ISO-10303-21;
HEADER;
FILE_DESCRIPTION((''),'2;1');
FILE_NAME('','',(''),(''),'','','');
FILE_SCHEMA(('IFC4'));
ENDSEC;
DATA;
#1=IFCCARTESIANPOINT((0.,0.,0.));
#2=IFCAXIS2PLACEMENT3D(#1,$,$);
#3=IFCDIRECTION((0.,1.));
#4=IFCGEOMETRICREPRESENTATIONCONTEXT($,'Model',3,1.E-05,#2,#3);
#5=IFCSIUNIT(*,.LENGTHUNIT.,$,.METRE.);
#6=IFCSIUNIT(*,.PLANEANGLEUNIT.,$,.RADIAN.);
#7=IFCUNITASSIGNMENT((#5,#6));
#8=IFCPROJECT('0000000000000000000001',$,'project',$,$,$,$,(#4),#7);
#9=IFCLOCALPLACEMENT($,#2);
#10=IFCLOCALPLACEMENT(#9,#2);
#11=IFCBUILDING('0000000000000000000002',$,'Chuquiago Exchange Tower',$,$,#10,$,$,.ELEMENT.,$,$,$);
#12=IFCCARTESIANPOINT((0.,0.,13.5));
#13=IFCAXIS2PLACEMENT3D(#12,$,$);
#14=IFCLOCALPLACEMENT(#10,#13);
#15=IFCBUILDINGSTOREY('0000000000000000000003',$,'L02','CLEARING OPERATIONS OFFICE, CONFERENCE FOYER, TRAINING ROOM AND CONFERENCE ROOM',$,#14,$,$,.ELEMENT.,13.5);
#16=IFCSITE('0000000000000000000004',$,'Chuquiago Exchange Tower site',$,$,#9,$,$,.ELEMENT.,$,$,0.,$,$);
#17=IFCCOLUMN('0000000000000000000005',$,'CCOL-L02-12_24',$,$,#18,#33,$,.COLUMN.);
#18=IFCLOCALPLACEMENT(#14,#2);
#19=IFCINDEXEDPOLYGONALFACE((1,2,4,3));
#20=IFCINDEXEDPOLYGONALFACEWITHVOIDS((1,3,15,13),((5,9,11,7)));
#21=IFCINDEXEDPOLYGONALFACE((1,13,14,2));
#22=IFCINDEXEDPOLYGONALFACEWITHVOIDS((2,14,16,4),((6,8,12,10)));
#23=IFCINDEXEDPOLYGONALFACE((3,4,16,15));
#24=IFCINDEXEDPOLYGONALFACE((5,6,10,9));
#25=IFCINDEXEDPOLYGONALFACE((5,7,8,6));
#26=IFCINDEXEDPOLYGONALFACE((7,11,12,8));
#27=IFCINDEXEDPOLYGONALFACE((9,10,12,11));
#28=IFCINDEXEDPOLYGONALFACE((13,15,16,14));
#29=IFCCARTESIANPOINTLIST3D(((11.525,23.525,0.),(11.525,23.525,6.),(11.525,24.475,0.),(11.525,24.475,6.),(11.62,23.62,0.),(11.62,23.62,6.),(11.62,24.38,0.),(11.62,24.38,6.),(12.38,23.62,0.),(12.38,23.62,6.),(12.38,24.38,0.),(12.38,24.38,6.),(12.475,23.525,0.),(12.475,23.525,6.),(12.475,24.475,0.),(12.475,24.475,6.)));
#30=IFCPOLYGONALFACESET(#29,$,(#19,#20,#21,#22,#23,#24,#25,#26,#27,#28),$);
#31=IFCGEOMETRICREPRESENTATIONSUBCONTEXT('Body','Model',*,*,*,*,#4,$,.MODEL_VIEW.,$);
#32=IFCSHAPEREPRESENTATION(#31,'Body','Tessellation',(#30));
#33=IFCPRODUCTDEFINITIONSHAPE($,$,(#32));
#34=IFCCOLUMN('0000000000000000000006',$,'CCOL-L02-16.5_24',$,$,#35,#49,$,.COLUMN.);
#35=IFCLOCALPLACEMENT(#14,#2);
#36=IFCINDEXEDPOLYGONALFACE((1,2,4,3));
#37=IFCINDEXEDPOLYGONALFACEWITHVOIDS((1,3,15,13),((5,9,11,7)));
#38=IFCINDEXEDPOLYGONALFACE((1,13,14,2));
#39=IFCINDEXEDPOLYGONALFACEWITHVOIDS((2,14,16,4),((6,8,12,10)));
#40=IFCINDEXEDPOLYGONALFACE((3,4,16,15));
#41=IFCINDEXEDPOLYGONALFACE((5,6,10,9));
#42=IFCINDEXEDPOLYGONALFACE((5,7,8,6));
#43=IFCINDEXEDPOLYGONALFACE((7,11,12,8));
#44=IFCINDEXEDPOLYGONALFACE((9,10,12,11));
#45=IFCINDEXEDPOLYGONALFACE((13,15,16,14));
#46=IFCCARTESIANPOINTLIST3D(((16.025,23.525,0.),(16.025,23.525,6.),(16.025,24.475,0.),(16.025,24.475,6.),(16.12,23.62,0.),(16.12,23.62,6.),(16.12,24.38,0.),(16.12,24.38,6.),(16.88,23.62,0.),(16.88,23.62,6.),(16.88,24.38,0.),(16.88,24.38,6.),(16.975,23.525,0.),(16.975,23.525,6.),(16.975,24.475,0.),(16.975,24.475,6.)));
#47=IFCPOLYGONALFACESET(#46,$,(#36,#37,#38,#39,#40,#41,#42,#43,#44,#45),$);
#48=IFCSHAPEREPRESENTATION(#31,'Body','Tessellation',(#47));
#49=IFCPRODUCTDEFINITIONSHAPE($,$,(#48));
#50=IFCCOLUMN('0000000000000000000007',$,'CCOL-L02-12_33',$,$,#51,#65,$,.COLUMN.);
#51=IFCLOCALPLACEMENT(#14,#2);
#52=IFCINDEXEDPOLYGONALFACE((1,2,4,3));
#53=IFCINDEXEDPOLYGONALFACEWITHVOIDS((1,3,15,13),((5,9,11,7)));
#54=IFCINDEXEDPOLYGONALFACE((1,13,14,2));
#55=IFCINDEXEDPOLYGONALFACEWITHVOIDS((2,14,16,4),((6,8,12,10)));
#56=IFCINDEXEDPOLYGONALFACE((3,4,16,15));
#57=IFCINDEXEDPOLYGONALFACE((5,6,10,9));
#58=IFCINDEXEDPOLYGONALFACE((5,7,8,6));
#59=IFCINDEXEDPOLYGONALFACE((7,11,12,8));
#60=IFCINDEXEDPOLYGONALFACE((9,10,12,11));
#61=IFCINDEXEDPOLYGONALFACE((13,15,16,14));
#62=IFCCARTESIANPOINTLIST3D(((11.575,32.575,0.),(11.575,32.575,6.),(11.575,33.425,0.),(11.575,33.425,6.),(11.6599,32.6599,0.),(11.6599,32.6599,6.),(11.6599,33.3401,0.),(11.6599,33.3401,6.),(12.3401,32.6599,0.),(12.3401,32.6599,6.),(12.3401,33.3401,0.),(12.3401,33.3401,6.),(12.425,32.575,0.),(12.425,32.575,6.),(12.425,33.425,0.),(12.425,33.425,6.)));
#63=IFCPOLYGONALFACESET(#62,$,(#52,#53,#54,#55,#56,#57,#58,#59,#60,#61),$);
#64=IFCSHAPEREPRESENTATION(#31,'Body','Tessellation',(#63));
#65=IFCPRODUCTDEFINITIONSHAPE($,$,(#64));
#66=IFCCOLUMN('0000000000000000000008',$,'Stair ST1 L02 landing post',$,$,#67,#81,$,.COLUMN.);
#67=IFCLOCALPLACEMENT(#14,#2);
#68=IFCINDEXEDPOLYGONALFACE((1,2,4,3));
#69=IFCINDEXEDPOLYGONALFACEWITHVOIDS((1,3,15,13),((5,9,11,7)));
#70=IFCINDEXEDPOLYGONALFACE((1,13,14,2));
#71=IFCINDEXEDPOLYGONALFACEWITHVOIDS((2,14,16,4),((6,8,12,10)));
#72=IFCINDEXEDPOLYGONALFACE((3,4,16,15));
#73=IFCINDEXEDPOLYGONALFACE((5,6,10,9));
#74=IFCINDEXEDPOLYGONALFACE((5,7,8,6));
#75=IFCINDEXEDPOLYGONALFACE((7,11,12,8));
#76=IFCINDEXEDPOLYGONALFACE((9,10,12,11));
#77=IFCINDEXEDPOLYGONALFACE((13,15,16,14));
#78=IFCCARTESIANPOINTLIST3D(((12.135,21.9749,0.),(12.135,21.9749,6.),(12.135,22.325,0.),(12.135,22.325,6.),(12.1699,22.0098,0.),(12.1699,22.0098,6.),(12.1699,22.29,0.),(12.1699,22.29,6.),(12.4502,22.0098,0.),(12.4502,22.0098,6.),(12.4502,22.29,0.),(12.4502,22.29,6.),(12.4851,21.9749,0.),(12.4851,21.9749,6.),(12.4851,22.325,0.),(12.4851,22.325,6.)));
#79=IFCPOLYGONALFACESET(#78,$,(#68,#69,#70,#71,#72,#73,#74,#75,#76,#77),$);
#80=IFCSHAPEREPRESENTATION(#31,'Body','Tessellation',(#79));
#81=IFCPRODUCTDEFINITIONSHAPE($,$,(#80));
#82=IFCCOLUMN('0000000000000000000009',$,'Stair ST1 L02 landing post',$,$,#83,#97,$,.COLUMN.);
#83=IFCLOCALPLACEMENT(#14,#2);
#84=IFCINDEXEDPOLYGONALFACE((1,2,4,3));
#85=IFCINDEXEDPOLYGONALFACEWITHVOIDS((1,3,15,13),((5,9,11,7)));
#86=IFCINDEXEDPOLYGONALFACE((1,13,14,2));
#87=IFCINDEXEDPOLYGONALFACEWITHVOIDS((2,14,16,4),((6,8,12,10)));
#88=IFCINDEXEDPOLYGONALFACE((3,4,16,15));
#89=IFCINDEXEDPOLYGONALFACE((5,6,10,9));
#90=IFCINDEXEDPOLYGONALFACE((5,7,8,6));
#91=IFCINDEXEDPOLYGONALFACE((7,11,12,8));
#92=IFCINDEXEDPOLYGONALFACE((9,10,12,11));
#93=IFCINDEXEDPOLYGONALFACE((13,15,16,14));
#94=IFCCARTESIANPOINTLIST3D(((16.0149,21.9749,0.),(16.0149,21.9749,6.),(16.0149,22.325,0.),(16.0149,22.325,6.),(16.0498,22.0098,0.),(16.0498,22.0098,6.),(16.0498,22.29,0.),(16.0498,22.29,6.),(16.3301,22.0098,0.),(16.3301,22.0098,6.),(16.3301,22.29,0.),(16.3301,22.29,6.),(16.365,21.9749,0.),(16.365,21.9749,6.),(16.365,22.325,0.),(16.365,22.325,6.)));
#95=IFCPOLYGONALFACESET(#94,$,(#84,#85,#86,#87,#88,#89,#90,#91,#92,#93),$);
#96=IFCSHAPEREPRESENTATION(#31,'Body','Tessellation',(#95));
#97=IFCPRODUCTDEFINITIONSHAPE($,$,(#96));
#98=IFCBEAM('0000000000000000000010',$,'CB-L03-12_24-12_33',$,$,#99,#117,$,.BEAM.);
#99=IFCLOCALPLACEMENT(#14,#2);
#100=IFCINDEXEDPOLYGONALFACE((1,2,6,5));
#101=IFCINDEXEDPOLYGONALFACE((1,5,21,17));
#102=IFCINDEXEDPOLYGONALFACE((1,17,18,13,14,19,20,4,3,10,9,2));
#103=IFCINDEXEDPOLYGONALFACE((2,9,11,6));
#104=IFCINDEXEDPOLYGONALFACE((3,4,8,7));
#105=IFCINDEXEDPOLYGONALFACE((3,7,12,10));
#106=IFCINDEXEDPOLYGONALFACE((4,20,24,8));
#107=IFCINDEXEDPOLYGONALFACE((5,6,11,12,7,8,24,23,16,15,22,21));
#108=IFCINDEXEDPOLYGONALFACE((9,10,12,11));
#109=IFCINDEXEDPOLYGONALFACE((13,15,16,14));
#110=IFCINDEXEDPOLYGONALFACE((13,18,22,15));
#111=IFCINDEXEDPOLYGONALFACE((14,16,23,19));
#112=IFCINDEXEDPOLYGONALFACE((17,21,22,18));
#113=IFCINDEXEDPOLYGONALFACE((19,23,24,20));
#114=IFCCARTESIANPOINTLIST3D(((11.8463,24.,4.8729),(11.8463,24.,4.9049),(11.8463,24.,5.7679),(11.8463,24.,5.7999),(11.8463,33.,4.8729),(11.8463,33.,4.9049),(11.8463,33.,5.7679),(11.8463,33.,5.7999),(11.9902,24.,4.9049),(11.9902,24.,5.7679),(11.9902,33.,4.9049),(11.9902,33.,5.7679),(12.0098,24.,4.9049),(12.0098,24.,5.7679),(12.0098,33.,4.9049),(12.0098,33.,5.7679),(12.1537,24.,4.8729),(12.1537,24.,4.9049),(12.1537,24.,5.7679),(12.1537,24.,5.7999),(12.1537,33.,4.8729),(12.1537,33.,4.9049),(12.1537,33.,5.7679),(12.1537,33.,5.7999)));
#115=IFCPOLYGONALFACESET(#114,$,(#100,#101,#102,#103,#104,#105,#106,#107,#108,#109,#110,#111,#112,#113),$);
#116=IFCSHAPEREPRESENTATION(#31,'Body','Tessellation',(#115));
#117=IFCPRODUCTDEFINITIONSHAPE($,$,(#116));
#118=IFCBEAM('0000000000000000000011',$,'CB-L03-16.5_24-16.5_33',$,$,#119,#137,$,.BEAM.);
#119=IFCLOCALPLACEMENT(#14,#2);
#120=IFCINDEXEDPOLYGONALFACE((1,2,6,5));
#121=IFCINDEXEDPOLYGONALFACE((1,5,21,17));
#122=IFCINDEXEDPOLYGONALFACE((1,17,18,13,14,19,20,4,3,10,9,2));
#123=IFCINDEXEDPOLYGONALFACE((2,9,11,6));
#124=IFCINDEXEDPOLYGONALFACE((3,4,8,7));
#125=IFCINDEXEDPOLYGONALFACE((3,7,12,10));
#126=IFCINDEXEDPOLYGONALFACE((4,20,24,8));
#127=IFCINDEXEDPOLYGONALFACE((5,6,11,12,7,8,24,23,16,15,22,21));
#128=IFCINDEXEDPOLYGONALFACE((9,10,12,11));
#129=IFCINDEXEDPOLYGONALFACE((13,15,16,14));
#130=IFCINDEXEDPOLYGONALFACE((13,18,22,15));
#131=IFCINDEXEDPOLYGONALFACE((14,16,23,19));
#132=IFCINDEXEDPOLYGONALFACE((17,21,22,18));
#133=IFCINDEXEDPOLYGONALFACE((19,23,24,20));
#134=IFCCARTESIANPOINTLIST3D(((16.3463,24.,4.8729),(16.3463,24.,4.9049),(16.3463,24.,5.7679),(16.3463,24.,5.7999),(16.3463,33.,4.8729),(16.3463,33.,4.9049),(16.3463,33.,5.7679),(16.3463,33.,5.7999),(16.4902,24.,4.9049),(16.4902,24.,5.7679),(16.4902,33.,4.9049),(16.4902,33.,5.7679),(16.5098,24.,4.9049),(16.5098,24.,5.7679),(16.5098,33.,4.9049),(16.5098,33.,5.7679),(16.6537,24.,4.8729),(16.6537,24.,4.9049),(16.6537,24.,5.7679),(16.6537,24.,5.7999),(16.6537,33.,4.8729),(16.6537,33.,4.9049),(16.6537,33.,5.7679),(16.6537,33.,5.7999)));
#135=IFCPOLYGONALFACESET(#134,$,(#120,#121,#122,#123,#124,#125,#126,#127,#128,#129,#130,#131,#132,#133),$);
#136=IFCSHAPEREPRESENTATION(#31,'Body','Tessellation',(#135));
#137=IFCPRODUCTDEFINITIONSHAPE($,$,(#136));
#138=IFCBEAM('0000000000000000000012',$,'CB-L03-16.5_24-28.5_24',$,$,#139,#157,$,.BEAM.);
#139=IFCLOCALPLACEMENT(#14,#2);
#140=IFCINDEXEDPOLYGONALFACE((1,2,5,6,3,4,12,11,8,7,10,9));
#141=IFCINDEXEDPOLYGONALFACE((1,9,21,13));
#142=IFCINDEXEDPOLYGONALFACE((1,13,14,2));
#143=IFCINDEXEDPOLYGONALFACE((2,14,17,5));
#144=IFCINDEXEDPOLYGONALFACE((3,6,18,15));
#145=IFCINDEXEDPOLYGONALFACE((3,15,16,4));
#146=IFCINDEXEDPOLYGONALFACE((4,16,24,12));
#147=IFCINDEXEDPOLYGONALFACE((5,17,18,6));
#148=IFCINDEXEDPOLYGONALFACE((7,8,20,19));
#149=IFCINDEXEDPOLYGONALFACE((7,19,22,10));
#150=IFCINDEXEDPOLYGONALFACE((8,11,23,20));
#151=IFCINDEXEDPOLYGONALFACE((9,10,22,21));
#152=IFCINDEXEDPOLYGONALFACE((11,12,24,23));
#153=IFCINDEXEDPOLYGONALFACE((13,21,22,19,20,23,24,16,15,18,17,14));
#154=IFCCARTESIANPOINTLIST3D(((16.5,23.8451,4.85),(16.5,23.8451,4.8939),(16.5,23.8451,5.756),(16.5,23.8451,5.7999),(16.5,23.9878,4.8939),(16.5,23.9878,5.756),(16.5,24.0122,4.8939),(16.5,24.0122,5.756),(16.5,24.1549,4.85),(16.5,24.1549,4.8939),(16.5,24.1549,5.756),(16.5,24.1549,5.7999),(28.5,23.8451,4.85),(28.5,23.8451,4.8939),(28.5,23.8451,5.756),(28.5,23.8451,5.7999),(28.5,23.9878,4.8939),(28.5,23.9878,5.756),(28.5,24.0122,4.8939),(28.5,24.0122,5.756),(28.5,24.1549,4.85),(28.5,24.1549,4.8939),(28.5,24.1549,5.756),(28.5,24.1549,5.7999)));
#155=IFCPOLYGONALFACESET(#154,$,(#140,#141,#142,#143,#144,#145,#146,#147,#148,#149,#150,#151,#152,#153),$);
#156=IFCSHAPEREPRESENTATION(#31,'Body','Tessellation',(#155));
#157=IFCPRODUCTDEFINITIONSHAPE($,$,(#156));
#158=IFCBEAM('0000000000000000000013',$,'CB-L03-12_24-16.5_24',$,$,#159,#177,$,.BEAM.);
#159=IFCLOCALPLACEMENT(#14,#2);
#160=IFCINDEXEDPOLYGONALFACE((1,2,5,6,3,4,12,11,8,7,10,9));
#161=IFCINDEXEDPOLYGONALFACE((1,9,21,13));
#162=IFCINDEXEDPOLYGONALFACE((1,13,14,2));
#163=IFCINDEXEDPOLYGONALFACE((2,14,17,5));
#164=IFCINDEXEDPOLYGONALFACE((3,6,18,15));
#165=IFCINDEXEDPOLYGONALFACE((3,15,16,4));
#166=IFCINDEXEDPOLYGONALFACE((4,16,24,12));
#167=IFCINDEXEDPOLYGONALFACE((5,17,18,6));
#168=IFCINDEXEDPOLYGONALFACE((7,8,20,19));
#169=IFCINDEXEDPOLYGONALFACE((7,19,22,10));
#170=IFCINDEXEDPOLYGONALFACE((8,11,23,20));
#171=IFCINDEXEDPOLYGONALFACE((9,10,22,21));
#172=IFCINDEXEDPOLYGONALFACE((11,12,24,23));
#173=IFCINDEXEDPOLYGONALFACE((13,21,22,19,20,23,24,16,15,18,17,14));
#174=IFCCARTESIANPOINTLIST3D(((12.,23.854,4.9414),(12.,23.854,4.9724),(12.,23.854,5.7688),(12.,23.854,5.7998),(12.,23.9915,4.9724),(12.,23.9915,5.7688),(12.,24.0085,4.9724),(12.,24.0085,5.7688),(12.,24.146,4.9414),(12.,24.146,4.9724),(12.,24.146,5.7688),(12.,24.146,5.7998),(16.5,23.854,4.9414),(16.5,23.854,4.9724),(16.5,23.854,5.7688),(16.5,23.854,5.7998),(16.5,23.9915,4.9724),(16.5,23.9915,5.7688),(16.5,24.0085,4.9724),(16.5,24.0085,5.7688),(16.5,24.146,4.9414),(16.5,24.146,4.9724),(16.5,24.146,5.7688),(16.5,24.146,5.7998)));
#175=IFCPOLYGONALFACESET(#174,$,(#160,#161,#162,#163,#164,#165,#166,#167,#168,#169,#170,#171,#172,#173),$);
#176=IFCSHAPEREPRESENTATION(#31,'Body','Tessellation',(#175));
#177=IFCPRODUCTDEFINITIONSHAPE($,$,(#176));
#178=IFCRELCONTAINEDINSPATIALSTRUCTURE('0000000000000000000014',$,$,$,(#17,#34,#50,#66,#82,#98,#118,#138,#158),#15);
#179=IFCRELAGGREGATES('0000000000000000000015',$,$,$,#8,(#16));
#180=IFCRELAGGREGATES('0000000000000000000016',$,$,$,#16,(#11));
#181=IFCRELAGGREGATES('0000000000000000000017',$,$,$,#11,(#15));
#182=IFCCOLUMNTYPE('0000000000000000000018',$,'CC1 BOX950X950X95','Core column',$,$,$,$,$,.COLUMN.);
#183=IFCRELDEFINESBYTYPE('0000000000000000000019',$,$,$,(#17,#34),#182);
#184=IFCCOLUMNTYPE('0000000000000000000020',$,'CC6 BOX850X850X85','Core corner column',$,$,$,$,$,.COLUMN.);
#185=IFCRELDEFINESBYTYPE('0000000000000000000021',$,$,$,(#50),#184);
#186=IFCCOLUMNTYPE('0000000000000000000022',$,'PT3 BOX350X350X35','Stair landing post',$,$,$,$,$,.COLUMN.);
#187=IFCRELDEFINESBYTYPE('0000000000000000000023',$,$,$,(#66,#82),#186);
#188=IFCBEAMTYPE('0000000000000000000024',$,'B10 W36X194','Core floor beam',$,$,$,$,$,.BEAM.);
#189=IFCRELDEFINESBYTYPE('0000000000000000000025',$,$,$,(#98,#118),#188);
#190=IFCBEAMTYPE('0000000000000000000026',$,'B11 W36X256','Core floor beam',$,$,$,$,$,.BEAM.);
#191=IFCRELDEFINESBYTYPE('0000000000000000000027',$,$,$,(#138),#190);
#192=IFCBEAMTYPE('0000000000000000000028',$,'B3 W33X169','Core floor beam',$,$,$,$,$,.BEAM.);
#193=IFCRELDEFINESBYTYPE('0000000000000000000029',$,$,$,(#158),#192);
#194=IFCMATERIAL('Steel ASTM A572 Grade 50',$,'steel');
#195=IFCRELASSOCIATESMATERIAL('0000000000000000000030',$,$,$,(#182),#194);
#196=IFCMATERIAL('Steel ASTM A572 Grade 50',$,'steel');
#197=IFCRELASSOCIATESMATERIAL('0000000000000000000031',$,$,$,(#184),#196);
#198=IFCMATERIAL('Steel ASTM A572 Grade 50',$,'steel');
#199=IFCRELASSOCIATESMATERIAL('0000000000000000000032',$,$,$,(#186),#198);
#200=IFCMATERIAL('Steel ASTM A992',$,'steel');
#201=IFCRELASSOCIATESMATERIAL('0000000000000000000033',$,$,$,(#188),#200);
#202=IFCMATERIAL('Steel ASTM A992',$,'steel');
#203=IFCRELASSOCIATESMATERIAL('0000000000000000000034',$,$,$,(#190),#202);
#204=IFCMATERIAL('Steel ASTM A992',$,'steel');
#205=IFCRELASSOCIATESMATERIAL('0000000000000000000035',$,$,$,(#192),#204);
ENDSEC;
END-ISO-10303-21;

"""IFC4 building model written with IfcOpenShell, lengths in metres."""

from ifc_helpers import new_model, si_unit, direction, frame, origin, origin_2d, place, context, subcontext, project, spatial, hollow_rectangle, i_section, extrude, material, material_profile, profile_set, type_object, element, save


model = new_model("IFC4")

# Units and contexts
model_context = context("Model", 3, precision=1e-05, world=origin(), true_north=direction((0.0, 1.0)))
body_context = subcontext(model_context, "Body", "Model", "MODEL_VIEW")
ifc_project = project(units=[si_unit("LENGTHUNIT", "METRE"), si_unit("PLANEANGLEUNIT", "RADIAN")], contexts=[model_context])

# Site, building, storey
site_placement = place(None, origin())
site = spatial("IfcSite", under=ifc_project, at=site_placement, Name="Chuquiago Exchange Tower site", CompositionType="ELEMENT", RefElevation=0.0)
building_placement = place(site_placement, origin())
building = spatial("IfcBuilding", under=site, at=building_placement, Name="Chuquiago Exchange Tower", CompositionType="ELEMENT")
storey_placement = place(building_placement, frame((0.0, 0.0, 13.5)))
storey = spatial("IfcBuildingStorey", under=building, at=storey_placement, Name="L02", Description="CLEARING OPERATIONS OFFICE, CONFERENCE FOYER, TRAINING ROOM AND CONFERENCE ROOM", CompositionType="ELEMENT", Elevation=13.5)

# Columns
ifc_material_1 = material(Name="Steel ASTM A572 Grade 50", Category="steel")
ifc_material_profile_1 = material_profile(ifc_material_1, hollow_rectangle(XDim=0.95, YDim=0.95, WallThickness=0.095, at=origin_2d()), Name="BOX950X950X95")
ifc_profile_set_1 = profile_set([ifc_material_profile_1], Name="Steel ASTM A572 Grade 50")
column_type_1 = type_object("IfcColumnType", Name="CC1 BOX950X950X95", Description="Core column", PredefinedType="COLUMN", material=ifc_profile_set_1)
for number, where, z_axis, x_axis, name in (
    (1, (12.0, 24.0, 0.0), (0.0, 0.0, 1.0), (1.0, 0.0, 0.0), "CCOL-L02-12_24"),
    (2, (16.5, 24.0, 0.0), (0.0, 0.0, 1.0), (1.0, 0.0, 0.0), "CCOL-L02-16.5_24"),
):
    element("IfcColumn", number, at=place(storey_placement, frame(where, z_axis=z_axis, x_axis=x_axis)), inside=storey, type_object=column_type_1, Name=name, PredefinedType="COLUMN", context=body_context, shape_type="SweptSolid", body=[
        extrude(hollow_rectangle(XDim=0.95, YDim=0.95, WallThickness=0.095, at=origin_2d()), origin(), (0.0, 0.0, 1.0), 6.0),
    ])
ifc_material_2 = material(Name="Steel ASTM A572 Grade 50", Category="steel")
ifc_material_profile_2 = material_profile(ifc_material_2, hollow_rectangle(XDim=0.8501, YDim=0.8501, WallThickness=0.085, at=origin_2d()), Name="BOX850X850X85")
ifc_profile_set_2 = profile_set([ifc_material_profile_2], Name="Steel ASTM A572 Grade 50")
column_type_2 = type_object("IfcColumnType", Name="CC6 BOX850X850X85", Description="Core corner column", PredefinedType="COLUMN", material=ifc_profile_set_2)
column_placement = place(storey_placement, frame((12.0, 33.0, 0.0), z_axis=(0.0, 0.0, 1.0), x_axis=(1.0, 0.0, 0.0)))
element("IfcColumn", 3, at=column_placement, inside=storey, type_object=column_type_2, Name="CCOL-L02-12_33", PredefinedType="COLUMN", context=body_context, shape_type="SweptSolid", body=[
    extrude(hollow_rectangle(XDim=0.8501, YDim=0.8501, WallThickness=0.085, at=origin_2d()), origin(), (0.0, 0.0, 1.0), 6.0),
])
ifc_material_3 = material(Name="Steel ASTM A572 Grade 50", Category="steel")
ifc_material_profile_3 = material_profile(ifc_material_3, hollow_rectangle(XDim=0.3501, YDim=0.3501, WallThickness=0.0349, at=origin_2d()), Name="BOX350X350X35")
ifc_profile_set_3 = profile_set([ifc_material_profile_3], Name="Steel ASTM A572 Grade 50")
column_type_3 = type_object("IfcColumnType", Name="PT3 BOX350X350X35", Description="Stair landing post", PredefinedType="COLUMN", material=ifc_profile_set_3)
for number, where, z_axis, x_axis, name in (
    (4, (12.3101, 22.1499, 0.0), (0.0, 0.0, 1.0), (1.0, 0.0, 0.0), "Stair ST1 L02 landing post"),
    (5, (16.1899, 22.1499, 0.0), (0.0, 0.0, 1.0), (1.0, 0.0, 0.0), "Stair ST1 L02 landing post"),
):
    element("IfcColumn", number, at=place(storey_placement, frame(where, z_axis=z_axis, x_axis=x_axis)), inside=storey, type_object=column_type_3, Name=name, PredefinedType="COLUMN", context=body_context, shape_type="SweptSolid", body=[
        extrude(hollow_rectangle(XDim=0.3501, YDim=0.3501, WallThickness=0.0349, at=origin_2d()), origin(), (0.0, 0.0, 1.0), 6.0),
    ])

# Beams
ifc_material_4 = material(Name="Steel ASTM A992", Category="steel")
ifc_material_profile_4 = material_profile(ifc_material_4, i_section(OverallWidth=0.3074, OverallDepth=0.927, WebThickness=0.0195, FlangeThickness=0.032, at=origin_2d()), Name="W36X194")
ifc_profile_set_4 = profile_set([ifc_material_profile_4], Name="Steel ASTM A992")
beam_type_1 = type_object("IfcBeamType", Name="B10 W36X194", Description="Core floor beam", PredefinedType="BEAM", material=ifc_profile_set_4)
for number, where, z_axis, x_axis, name in (
    (6, (12.0, 24.0, 5.3364), (0.0, 1.0, 0.0), (-1.0, 0.0, 0.0), "CB-L03-12_24-12_33"),
    (7, (16.5, 24.0, 5.3364), (0.0, 1.0, 0.0), (-1.0, 0.0, 0.0), "CB-L03-16.5_24-16.5_33"),
):
    element("IfcBeam", number, at=place(storey_placement, frame(where, z_axis=z_axis, x_axis=x_axis)), inside=storey, type_object=beam_type_1, Name=name, PredefinedType="BEAM", context=body_context, shape_type="SweptSolid", body=[
        extrude(i_section(OverallWidth=0.3074, OverallDepth=0.927, WebThickness=0.0195, FlangeThickness=0.032, at=origin_2d()), origin(), (0.0, 0.0, 1.0), 9.0),
    ])
ifc_material_5 = material(Name="Steel ASTM A992", Category="steel")
ifc_material_profile_5 = material_profile(ifc_material_5, i_section(OverallWidth=0.3098, OverallDepth=0.95, WebThickness=0.0244, FlangeThickness=0.0439, at=origin_2d()), Name="W36X256")
ifc_profile_set_5 = profile_set([ifc_material_profile_5], Name="Steel ASTM A992")
beam_type_2 = type_object("IfcBeamType", Name="B11 W36X256", Description="Core floor beam", PredefinedType="BEAM", material=ifc_profile_set_5)
beam_1_placement = place(storey_placement, frame((16.5, 24.0, 5.325), z_axis=(1.0, 0.0, 0.0), x_axis=(0.0, 1.0, 0.0)))
element("IfcBeam", 8, at=beam_1_placement, inside=storey, type_object=beam_type_2, Name="CB-L03-16.5_24-28.5_24", PredefinedType="BEAM", context=body_context, shape_type="SweptSolid", body=[
    extrude(i_section(OverallWidth=0.3098, OverallDepth=0.95, WebThickness=0.0244, FlangeThickness=0.0439, at=origin_2d()), origin(), (0.0, 0.0, 1.0), 12.0),
])
ifc_material_6 = material(Name="Steel ASTM A992", Category="steel")
ifc_material_profile_6 = material_profile(ifc_material_6, i_section(OverallWidth=0.292, OverallDepth=0.8584, WebThickness=0.0171, FlangeThickness=0.031, at=origin_2d()), Name="W33X169")
ifc_profile_set_6 = profile_set([ifc_material_profile_6], Name="Steel ASTM A992")
beam_type_3 = type_object("IfcBeamType", Name="B3 W33X169", Description="Core floor beam", PredefinedType="BEAM", material=ifc_profile_set_6)
for number, where, z_axis, x_axis, name in (
    (9, (12.0, 24.0, 5.3706), (1.0, 0.0, 0.0), (0.0, 1.0, 0.0), "CB-L03-12_24-16.5_24"),
):
    element("IfcBeam", number, at=place(storey_placement, frame(where, z_axis=z_axis, x_axis=x_axis)), inside=storey, type_object=beam_type_3, Name=name, PredefinedType="BEAM", context=body_context, shape_type="SweptSolid", body=[
        extrude(i_section(OverallWidth=0.292, OverallDepth=0.8584, WebThickness=0.0171, FlangeThickness=0.031, at=origin_2d()), origin(), (0.0, 0.0, 1.0), 4.5),
    ])

save(model, "model.ifc")
